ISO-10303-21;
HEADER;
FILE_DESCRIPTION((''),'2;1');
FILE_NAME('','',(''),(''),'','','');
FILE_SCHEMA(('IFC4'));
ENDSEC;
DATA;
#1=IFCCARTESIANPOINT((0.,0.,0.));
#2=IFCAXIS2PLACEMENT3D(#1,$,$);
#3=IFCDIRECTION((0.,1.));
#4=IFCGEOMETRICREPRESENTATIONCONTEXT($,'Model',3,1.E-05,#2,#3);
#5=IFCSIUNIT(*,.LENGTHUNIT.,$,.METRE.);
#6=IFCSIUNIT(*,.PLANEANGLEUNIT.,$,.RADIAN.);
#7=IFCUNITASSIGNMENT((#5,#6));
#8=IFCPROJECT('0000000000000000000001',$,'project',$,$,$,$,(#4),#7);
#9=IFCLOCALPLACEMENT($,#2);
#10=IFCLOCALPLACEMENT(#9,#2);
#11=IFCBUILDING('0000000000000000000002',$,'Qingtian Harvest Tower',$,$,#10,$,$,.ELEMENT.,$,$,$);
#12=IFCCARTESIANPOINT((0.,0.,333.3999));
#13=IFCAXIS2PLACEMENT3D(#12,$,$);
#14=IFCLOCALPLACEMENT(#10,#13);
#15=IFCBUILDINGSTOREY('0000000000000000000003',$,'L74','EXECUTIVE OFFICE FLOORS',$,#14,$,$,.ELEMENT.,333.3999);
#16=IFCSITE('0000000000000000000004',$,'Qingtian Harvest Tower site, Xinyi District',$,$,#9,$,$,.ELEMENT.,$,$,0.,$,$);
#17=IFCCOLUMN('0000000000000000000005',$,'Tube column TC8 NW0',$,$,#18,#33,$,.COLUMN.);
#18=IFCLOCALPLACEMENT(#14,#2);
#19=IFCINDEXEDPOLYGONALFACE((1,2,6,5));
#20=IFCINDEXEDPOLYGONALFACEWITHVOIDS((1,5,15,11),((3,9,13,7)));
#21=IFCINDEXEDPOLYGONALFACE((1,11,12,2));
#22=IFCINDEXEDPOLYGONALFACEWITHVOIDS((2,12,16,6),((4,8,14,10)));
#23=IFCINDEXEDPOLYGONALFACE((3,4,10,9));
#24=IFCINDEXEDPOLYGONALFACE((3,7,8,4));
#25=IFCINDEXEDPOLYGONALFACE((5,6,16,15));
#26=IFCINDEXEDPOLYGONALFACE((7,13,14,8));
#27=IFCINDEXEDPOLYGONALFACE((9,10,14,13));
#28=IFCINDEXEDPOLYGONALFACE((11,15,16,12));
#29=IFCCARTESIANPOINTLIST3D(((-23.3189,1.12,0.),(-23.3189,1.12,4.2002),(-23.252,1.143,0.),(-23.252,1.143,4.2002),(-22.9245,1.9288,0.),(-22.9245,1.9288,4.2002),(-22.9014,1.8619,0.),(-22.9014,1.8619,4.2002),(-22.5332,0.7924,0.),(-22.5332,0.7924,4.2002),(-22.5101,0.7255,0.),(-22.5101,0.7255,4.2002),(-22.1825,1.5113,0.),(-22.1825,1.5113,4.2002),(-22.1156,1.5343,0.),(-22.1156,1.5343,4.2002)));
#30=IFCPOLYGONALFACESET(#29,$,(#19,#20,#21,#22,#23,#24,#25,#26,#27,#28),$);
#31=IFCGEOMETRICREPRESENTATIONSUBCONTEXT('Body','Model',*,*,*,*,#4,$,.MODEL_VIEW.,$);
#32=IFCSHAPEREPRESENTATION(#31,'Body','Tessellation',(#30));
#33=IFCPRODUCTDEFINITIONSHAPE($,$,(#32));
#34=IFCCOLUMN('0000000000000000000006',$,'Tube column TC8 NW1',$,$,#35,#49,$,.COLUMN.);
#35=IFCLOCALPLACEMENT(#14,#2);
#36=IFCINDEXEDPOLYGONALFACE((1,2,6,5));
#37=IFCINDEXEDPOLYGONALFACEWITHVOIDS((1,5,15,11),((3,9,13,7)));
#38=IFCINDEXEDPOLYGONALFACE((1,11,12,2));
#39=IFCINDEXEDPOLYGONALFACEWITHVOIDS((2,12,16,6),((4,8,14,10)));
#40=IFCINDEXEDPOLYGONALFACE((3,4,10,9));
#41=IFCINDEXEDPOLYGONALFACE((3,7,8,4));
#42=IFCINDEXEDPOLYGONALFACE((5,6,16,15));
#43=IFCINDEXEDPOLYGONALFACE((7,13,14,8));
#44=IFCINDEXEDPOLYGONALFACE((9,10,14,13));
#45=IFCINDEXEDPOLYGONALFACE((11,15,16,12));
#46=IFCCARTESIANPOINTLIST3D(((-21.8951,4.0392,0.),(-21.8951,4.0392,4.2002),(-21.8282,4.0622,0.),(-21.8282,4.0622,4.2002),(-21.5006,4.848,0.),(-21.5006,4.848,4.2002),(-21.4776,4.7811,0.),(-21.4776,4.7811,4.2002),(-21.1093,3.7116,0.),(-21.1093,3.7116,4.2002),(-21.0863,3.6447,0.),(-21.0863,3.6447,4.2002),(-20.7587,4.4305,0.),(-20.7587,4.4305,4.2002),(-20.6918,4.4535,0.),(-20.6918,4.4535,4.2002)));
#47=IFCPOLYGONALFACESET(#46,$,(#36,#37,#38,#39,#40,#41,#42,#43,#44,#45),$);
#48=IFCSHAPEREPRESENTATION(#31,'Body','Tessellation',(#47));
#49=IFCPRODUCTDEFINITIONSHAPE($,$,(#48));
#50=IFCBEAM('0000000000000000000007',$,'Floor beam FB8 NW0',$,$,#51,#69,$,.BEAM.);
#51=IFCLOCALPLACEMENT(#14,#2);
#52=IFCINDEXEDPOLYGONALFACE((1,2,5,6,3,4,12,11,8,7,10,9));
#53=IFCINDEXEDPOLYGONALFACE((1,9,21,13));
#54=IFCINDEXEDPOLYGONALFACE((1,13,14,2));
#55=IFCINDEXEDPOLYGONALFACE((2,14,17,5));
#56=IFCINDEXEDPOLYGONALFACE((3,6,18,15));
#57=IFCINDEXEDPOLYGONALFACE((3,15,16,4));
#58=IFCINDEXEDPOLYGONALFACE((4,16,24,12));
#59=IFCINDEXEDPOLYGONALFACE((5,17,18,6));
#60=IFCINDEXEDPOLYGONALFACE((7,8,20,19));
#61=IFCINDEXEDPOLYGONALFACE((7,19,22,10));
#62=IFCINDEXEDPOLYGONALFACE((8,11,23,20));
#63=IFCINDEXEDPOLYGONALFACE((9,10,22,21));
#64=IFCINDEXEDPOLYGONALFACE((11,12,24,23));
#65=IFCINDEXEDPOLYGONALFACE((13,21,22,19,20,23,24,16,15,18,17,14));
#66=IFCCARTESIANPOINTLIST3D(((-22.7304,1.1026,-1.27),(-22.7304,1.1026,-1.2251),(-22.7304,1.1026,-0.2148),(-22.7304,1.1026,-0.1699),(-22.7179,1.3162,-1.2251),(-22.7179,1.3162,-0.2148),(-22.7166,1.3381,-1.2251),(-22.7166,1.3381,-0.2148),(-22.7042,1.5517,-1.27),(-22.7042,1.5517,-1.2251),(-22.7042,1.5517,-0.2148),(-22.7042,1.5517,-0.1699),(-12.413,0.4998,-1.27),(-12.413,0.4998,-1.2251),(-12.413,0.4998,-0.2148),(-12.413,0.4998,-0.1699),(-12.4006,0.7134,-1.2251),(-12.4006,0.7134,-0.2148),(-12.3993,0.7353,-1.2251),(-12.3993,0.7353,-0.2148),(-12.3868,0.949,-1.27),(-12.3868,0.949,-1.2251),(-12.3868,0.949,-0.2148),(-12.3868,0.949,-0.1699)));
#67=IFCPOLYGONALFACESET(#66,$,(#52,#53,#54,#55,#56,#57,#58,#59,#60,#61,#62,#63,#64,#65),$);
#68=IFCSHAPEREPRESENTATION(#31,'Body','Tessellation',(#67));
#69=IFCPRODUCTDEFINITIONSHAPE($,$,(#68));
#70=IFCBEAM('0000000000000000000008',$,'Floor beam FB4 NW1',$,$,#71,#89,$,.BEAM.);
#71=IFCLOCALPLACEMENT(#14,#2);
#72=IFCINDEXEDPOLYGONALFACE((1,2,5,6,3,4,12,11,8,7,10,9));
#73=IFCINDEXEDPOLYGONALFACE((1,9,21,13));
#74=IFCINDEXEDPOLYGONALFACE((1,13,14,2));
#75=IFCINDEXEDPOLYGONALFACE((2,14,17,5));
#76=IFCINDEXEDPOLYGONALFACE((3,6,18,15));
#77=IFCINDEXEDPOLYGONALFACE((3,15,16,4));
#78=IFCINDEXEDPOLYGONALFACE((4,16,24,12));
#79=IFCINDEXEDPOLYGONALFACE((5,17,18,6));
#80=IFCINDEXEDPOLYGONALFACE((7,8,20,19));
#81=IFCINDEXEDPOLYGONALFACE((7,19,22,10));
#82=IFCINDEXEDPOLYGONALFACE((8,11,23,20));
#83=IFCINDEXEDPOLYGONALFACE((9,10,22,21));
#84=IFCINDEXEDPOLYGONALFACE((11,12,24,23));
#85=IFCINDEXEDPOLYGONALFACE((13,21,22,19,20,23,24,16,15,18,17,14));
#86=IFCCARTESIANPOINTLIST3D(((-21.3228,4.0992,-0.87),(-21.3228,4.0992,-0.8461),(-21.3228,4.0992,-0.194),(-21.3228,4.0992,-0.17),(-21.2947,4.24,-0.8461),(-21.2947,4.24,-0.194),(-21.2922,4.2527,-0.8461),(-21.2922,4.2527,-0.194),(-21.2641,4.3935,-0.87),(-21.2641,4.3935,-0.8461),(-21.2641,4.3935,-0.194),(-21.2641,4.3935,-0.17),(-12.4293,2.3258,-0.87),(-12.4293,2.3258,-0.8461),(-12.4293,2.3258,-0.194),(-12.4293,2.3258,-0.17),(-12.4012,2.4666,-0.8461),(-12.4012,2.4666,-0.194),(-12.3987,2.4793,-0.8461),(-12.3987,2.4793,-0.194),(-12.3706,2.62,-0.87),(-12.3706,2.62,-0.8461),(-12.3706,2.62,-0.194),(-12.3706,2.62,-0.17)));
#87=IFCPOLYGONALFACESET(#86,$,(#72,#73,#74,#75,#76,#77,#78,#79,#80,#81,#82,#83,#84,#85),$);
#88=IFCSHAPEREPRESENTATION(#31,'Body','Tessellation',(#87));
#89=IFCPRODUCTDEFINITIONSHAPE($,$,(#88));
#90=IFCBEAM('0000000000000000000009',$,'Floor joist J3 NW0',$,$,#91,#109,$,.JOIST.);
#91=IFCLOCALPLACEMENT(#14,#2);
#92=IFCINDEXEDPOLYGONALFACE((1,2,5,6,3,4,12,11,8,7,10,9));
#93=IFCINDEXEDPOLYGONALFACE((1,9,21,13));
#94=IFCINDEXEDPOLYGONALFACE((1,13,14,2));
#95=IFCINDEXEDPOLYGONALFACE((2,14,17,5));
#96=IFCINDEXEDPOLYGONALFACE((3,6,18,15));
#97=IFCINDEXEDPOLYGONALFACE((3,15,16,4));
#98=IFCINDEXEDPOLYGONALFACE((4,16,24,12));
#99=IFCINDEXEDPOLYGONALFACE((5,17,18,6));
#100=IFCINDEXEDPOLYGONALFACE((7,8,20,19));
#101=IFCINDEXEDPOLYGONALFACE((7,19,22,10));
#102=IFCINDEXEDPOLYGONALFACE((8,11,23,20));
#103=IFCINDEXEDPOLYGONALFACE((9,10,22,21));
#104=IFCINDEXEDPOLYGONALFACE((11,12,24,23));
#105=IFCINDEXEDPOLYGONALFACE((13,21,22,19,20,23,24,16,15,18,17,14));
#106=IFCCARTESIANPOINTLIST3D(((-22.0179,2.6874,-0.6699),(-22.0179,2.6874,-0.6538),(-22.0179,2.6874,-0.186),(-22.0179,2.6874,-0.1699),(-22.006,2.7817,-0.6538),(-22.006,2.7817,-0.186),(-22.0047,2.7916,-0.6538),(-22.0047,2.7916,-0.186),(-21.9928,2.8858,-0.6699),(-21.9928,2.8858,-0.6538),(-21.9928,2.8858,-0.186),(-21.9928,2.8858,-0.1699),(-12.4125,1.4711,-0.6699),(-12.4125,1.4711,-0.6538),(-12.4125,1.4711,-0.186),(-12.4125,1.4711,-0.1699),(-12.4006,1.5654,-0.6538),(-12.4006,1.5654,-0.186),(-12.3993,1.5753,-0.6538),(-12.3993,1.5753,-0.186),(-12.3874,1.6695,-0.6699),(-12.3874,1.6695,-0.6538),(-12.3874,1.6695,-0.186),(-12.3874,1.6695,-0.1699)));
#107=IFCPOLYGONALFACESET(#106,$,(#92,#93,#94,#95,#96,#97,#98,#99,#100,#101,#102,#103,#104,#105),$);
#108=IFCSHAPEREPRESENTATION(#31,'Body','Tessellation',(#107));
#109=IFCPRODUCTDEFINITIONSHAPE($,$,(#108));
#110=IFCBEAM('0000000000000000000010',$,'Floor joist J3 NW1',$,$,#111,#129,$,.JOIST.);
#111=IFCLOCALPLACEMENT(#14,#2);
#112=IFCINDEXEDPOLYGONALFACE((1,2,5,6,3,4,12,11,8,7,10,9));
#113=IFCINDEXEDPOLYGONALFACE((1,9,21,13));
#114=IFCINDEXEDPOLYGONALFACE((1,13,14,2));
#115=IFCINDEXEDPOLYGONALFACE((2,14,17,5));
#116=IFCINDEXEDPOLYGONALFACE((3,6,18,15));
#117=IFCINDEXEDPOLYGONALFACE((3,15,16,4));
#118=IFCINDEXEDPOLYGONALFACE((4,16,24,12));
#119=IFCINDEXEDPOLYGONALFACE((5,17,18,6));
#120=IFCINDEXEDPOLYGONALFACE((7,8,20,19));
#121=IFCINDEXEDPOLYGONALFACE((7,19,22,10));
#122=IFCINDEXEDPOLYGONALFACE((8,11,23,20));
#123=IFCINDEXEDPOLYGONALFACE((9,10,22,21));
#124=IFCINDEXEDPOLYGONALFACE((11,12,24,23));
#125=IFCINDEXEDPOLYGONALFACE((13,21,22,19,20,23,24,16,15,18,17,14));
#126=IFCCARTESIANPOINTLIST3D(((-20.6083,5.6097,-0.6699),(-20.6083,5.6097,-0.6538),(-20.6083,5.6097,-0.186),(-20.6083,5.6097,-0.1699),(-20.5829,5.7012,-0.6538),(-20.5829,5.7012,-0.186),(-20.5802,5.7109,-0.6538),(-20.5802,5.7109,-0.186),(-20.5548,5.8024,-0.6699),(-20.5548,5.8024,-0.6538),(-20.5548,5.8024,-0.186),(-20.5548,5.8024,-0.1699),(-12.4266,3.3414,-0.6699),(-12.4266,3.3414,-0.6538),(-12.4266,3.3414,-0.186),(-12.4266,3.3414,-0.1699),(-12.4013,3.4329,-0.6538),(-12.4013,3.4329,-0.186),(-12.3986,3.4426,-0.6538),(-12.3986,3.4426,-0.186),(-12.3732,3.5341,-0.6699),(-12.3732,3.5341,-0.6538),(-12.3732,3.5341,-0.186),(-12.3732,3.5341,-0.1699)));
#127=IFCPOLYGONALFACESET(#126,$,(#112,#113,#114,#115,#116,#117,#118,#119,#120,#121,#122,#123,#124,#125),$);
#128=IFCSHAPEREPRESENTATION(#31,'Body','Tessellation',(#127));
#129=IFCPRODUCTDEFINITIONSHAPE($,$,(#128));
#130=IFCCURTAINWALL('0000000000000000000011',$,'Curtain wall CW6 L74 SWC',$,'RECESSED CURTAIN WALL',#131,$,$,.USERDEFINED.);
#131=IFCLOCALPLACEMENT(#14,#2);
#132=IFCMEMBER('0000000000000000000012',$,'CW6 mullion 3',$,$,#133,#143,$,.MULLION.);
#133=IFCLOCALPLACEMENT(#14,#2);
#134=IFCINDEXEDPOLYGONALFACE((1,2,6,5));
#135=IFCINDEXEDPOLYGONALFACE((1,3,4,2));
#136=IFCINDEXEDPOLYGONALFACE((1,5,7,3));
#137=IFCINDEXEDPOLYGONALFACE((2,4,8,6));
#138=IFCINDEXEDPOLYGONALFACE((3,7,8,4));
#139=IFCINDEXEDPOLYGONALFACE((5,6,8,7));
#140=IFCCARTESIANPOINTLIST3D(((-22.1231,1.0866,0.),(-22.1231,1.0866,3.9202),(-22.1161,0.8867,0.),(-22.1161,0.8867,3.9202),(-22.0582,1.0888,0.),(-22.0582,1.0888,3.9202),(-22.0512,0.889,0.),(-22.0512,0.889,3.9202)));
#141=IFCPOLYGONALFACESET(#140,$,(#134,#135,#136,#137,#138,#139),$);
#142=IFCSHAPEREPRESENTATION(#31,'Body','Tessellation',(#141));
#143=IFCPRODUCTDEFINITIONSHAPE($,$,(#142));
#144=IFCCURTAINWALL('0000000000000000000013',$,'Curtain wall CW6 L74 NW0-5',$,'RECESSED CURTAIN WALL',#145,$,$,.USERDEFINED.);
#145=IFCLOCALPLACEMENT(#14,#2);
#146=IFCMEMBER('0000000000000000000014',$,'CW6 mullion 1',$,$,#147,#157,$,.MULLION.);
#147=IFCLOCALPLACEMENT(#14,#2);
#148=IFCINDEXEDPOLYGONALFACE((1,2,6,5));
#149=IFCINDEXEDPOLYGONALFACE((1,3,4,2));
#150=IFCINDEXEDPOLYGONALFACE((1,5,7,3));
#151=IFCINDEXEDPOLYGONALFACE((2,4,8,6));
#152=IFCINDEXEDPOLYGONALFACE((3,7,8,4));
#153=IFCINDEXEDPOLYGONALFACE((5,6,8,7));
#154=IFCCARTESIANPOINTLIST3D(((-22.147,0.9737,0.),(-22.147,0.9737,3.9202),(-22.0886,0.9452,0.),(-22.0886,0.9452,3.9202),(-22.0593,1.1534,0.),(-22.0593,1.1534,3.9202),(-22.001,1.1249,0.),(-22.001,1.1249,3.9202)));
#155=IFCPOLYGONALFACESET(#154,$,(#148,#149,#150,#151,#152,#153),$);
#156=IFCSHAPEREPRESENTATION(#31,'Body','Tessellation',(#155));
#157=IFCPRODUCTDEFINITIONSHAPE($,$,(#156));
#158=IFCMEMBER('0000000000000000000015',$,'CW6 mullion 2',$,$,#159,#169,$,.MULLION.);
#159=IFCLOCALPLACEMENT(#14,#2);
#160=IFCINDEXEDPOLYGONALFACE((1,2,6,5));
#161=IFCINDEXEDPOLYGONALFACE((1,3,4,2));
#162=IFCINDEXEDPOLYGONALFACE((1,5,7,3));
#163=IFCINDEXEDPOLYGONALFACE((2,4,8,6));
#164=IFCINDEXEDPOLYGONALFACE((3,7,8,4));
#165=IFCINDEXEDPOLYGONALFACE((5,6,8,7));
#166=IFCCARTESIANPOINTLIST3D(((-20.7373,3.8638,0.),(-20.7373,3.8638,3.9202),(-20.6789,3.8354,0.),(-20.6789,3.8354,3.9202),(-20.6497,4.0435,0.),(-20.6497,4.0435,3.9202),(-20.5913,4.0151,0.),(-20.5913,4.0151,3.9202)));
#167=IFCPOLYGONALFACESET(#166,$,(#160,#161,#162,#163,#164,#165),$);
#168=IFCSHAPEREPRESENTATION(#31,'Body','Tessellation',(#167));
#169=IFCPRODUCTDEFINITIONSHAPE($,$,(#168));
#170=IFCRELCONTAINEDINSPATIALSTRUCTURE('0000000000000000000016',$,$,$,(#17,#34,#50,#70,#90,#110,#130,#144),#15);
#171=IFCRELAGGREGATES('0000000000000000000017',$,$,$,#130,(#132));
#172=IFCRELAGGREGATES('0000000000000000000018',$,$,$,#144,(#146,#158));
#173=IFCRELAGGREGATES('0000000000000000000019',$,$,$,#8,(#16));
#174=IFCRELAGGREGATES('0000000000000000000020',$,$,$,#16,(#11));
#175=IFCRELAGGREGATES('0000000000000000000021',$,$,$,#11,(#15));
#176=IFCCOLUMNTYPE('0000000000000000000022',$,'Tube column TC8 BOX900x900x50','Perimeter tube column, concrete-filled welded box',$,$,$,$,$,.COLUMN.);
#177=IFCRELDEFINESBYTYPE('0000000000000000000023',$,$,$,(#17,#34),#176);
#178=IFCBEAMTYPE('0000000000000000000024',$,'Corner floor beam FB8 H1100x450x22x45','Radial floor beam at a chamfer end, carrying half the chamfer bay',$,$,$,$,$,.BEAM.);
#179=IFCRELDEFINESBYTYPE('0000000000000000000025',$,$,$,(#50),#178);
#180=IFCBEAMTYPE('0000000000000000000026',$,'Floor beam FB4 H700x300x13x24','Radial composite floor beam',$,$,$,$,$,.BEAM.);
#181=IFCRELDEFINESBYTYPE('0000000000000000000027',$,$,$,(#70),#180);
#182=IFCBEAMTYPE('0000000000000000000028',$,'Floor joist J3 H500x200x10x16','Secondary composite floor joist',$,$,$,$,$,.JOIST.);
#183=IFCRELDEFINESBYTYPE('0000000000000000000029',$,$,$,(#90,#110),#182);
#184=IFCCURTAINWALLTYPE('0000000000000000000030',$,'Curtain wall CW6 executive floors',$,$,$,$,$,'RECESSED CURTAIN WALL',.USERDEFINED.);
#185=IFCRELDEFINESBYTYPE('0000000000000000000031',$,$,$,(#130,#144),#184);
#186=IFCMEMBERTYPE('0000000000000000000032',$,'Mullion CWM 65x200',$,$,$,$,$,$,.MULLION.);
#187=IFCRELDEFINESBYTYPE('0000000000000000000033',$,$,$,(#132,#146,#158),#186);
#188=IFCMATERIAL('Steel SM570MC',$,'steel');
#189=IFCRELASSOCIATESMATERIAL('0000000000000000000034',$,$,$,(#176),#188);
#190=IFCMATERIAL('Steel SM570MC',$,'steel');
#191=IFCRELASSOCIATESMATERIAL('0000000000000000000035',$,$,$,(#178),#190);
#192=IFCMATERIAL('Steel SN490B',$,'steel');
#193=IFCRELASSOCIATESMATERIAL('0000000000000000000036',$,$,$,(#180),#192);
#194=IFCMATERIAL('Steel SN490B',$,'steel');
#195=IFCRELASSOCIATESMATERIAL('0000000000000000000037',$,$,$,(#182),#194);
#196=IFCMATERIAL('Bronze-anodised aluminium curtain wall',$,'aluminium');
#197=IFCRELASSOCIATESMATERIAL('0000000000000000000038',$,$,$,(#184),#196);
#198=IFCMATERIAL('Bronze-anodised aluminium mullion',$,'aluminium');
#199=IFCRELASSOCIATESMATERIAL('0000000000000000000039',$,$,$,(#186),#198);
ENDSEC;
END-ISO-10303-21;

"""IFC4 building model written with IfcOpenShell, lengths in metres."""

from ifc_helpers import new_model, si_unit, direction, frame, origin, origin_2d, place, context, subcontext, project, spatial, rectangle, hollow_rectangle, i_section, extrude, material, material_profile, profile_set, type_object, element, aggregate, save


model = new_model("IFC4")

# Units and contexts
model_context = context("Model", 3, precision=1e-05, world=origin(), true_north=direction((0.0, 1.0)))
body_context = subcontext(model_context, "Body", "Model", "MODEL_VIEW")
ifc_project = project(units=[si_unit("LENGTHUNIT", "METRE"), si_unit("PLANEANGLEUNIT", "RADIAN")], contexts=[model_context])

# Site, building, storey
site_placement = place(None, origin())
site = spatial("IfcSite", under=ifc_project, at=site_placement, Name="Qingtian Harvest Tower site, Xinyi District", CompositionType="ELEMENT", RefElevation=0.0)
building_placement = place(site_placement, origin())
building = spatial("IfcBuilding", under=site, at=building_placement, Name="Qingtian Harvest Tower", CompositionType="ELEMENT")
storey_placement = place(building_placement, frame((0.0, 0.0, 333.3999)))
storey = spatial("IfcBuildingStorey", under=building, at=storey_placement, Name="L74", Description="EXECUTIVE OFFICE FLOORS", CompositionType="ELEMENT", Elevation=333.3999)

# Columns
ifc_material_1 = material(Name="Steel SM570MC", Category="steel")
ifc_material_profile_1 = material_profile(ifc_material_1, hollow_rectangle(XDim=0.8999, YDim=0.8999, WallThickness=0.05, at=origin_2d()), Name="BOX900x900x50")
ifc_profile_set_1 = profile_set([ifc_material_profile_1], Name="Steel SM570MC")
column_type = type_object("IfcColumnType", Name="Tube column TC8 BOX900x900x50", Description="Perimeter tube column, concrete-filled welded box", PredefinedType="COLUMN", material=ifc_profile_set_1)
for number, where, z_axis, x_axis, name in (
    (1, (-22.7173, 1.3271, 0.0), (0.0, 0.0, 1.0), (-0.438371, -0.898794, 0.0), "Tube column TC8 NW0"),
    (2, (-21.2935, 4.2463, 0.0), (0.0, 0.0, 1.0), (-0.438371, -0.898794, 0.0), "Tube column TC8 NW1"),
):
    element("IfcColumn", number, at=place(storey_placement, frame(where, z_axis=z_axis, x_axis=x_axis)), inside=storey, type_object=column_type, Name=name, PredefinedType="COLUMN", context=body_context, shape_type="SweptSolid", body=[
        extrude(hollow_rectangle(XDim=0.8999, YDim=0.8999, WallThickness=0.05, at=origin_2d()), origin(), (0.0, 0.0, 1.0), 4.2002),
    ])

# Beams
ifc_material_2 = material(Name="Steel SM570MC", Category="steel")
ifc_material_profile_2 = material_profile(ifc_material_2, i_section(OverallWidth=0.45, OverallDepth=1.1001, WebThickness=0.022, FlangeThickness=0.0449, at=origin_2d()), Name="H1100x450x22x45")
ifc_profile_set_2 = profile_set([ifc_material_profile_2], Name="Steel SM570MC")
beam_type_1 = type_object("IfcBeamType", Name="Corner floor beam FB8 H1100x450x22x45", Description="Radial floor beam at a chamfer end, carrying half the chamfer bay", PredefinedType="BEAM", material=ifc_profile_set_2)
beam_1_placement = place(storey_placement, frame((-22.7173, 1.3271, -0.72), z_axis=(0.998298, -0.058325, 0.0), x_axis=(0.058325, 0.998298, 0.0)))
element("IfcBeam", 3, at=beam_1_placement, inside=storey, type_object=beam_type_1, Name="Floor beam FB8 NW0", PredefinedType="BEAM", context=body_context, shape_type="SweptSolid", body=[
    extrude(i_section(OverallWidth=0.45, OverallDepth=1.1001, WebThickness=0.022, FlangeThickness=0.0449, at=origin_2d()), origin(), (0.0, 0.0, 1.0), 10.335),
])
ifc_material_3 = material(Name="Steel SN490B", Category="steel")
ifc_material_profile_3 = material_profile(ifc_material_3, i_section(OverallWidth=0.3, OverallDepth=0.7, WebThickness=0.0129, FlangeThickness=0.0239, at=origin_2d()), Name="H700x300x13x24")
ifc_profile_set_3 = profile_set([ifc_material_profile_3], Name="Steel SN490B")
beam_type_2 = type_object("IfcBeamType", Name="Floor beam FB4 H700x300x13x24", Description="Radial composite floor beam", PredefinedType="BEAM", material=ifc_profile_set_3)
beam_2_placement = place(storey_placement, frame((-21.2935, 4.2463, -0.52), z_axis=(0.980692, -0.195557, 0.0), x_axis=(0.195557, 0.980692, 0.0)))
element("IfcBeam", 4, at=beam_2_placement, inside=storey, type_object=beam_type_2, Name="Floor beam FB4 NW1", PredefinedType="BEAM", context=body_context, shape_type="SweptSolid", body=[
    extrude(i_section(OverallWidth=0.3, OverallDepth=0.7, WebThickness=0.0129, FlangeThickness=0.0239, at=origin_2d()), origin(), (0.0, 0.0, 1.0), 9.0686),
])
ifc_material_4 = material(Name="Steel SN490B", Category="steel")
ifc_material_profile_4 = material_profile(ifc_material_4, i_section(OverallWidth=0.2, OverallDepth=0.5, WebThickness=0.01, FlangeThickness=0.0161, at=origin_2d()), Name="H500x200x10x16")
ifc_profile_set_4 = profile_set([ifc_material_profile_4], Name="Steel SN490B")
beam_type_3 = type_object("IfcBeamType", Name="Floor joist J3 H500x200x10x16", Description="Secondary composite floor joist", PredefinedType="JOIST", material=ifc_profile_set_4)
beam_3_placement = place(storey_placement, frame((-22.0054, 2.7866, -0.4199), z_axis=(0.992078, -0.125624, 0.0), x_axis=(0.125624, 0.992078, 0.0)))
element("IfcBeam", 5, at=beam_3_placement, inside=storey, type_object=beam_type_3, Name="Floor joist J3 NW0", PredefinedType="JOIST", context=body_context, shape_type="SweptSolid", body=[
    extrude(i_section(OverallWidth=0.2, OverallDepth=0.5, WebThickness=0.01, FlangeThickness=0.0161, at=origin_2d()), origin(), (0.0, 0.0, 1.0), 9.6821),
])
beam_4_placement = place(storey_placement, frame((-20.5815, 5.7061, -0.4199), z_axis=(0.96365, -0.267166, 0.0), x_axis=(0.267166, 0.96365, 0.0)))
element("IfcBeam", 6, at=beam_4_placement, inside=storey, type_object=beam_type_3, Name="Floor joist J3 NW1", PredefinedType="JOIST", context=body_context, shape_type="SweptSolid", body=[
    extrude(i_section(OverallWidth=0.2, OverallDepth=0.5, WebThickness=0.01, FlangeThickness=0.0161, at=origin_2d()), origin(), (0.0, 0.0, 1.0), 8.4902),
])

# Curtain wall, member
ifc_material_5 = material(Name="Bronze-anodised aluminium curtain wall", Category="aluminium")
curtain_wall_type = type_object("IfcCurtainWallType", Name="Curtain wall CW6 executive floors", ElementType="RECESSED CURTAIN WALL", PredefinedType="USERDEFINED", material=ifc_material_5)
curtain_wall_1_placement = place(storey_placement, origin())
curtain_wall_1 = element("IfcCurtainWall", 7, at=curtain_wall_1_placement, inside=storey, type_object=curtain_wall_type, Name="Curtain wall CW6 L74 SWC", ObjectType="RECESSED CURTAIN WALL", PredefinedType="USERDEFINED")
ifc_material_6 = material(Name="Bronze-anodised aluminium mullion", Category="aluminium")
ifc_material_profile_5 = material_profile(ifc_material_6, rectangle(XDim=0.0649, YDim=0.2, at=origin_2d()), Name="AL 65x200")
ifc_profile_set_5 = profile_set([ifc_material_profile_5], Name="Bronze-anodised aluminium mullion")
member_type_1 = type_object("IfcMemberType", Name="Mullion CWM 65x200", PredefinedType="MULLION", material=ifc_profile_set_5)
member_1_placement = place(storey_placement, frame((-22.0872, 0.9878, 0.0), z_axis=(0.0, 0.0, 1.0), x_axis=(-0.999391, -0.034899, 0.0)))
member_1 = element("IfcMember", 8, at=member_1_placement, type_object=member_type_1, Name="CW6 mullion 3", PredefinedType="MULLION", context=body_context, shape_type="SweptSolid", body=[
    extrude(rectangle(XDim=0.0649, YDim=0.2, at=origin_2d()), origin(), (0.0, 0.0, 1.0), 3.9202),
])

# Curtain wall, members
curtain_wall_2_placement = place(storey_placement, origin())
curtain_wall_2 = element("IfcCurtainWall", 9, at=curtain_wall_2_placement, inside=storey, type_object=curtain_wall_type, Name="Curtain wall CW6 L74 NW0-5", ObjectType="RECESSED CURTAIN WALL", PredefinedType="USERDEFINED")
member_2_placement = place(storey_placement, frame((-22.074, 1.0493, 0.0), z_axis=(0.0, 0.0, 1.0), x_axis=(-0.898794, 0.438371, 0.0)))
member_2 = element("IfcMember", 10, at=member_2_placement, type_object=member_type_1, Name="CW6 mullion 1", PredefinedType="MULLION", context=body_context, shape_type="SweptSolid", body=[
    extrude(rectangle(XDim=0.0649, YDim=0.2, at=origin_2d()), origin(), (0.0, 0.0, 1.0), 3.9202),
])
member_3_placement = place(storey_placement, frame((-20.6643, 3.9395, 0.0), z_axis=(0.0, 0.0, 1.0), x_axis=(-0.898794, 0.438371, 0.0)))
member_3 = element("IfcMember", 11, at=member_3_placement, type_object=member_type_1, Name="CW6 mullion 2", PredefinedType="MULLION", context=body_context, shape_type="SweptSolid", body=[
    extrude(rectangle(XDim=0.0649, YDim=0.2, at=origin_2d()), origin(), (0.0, 0.0, 1.0), 3.9202),
])

aggregate(curtain_wall_1, [member_1])
aggregate(curtain_wall_2, [member_2, member_3])

save(model, "model.ifc")
